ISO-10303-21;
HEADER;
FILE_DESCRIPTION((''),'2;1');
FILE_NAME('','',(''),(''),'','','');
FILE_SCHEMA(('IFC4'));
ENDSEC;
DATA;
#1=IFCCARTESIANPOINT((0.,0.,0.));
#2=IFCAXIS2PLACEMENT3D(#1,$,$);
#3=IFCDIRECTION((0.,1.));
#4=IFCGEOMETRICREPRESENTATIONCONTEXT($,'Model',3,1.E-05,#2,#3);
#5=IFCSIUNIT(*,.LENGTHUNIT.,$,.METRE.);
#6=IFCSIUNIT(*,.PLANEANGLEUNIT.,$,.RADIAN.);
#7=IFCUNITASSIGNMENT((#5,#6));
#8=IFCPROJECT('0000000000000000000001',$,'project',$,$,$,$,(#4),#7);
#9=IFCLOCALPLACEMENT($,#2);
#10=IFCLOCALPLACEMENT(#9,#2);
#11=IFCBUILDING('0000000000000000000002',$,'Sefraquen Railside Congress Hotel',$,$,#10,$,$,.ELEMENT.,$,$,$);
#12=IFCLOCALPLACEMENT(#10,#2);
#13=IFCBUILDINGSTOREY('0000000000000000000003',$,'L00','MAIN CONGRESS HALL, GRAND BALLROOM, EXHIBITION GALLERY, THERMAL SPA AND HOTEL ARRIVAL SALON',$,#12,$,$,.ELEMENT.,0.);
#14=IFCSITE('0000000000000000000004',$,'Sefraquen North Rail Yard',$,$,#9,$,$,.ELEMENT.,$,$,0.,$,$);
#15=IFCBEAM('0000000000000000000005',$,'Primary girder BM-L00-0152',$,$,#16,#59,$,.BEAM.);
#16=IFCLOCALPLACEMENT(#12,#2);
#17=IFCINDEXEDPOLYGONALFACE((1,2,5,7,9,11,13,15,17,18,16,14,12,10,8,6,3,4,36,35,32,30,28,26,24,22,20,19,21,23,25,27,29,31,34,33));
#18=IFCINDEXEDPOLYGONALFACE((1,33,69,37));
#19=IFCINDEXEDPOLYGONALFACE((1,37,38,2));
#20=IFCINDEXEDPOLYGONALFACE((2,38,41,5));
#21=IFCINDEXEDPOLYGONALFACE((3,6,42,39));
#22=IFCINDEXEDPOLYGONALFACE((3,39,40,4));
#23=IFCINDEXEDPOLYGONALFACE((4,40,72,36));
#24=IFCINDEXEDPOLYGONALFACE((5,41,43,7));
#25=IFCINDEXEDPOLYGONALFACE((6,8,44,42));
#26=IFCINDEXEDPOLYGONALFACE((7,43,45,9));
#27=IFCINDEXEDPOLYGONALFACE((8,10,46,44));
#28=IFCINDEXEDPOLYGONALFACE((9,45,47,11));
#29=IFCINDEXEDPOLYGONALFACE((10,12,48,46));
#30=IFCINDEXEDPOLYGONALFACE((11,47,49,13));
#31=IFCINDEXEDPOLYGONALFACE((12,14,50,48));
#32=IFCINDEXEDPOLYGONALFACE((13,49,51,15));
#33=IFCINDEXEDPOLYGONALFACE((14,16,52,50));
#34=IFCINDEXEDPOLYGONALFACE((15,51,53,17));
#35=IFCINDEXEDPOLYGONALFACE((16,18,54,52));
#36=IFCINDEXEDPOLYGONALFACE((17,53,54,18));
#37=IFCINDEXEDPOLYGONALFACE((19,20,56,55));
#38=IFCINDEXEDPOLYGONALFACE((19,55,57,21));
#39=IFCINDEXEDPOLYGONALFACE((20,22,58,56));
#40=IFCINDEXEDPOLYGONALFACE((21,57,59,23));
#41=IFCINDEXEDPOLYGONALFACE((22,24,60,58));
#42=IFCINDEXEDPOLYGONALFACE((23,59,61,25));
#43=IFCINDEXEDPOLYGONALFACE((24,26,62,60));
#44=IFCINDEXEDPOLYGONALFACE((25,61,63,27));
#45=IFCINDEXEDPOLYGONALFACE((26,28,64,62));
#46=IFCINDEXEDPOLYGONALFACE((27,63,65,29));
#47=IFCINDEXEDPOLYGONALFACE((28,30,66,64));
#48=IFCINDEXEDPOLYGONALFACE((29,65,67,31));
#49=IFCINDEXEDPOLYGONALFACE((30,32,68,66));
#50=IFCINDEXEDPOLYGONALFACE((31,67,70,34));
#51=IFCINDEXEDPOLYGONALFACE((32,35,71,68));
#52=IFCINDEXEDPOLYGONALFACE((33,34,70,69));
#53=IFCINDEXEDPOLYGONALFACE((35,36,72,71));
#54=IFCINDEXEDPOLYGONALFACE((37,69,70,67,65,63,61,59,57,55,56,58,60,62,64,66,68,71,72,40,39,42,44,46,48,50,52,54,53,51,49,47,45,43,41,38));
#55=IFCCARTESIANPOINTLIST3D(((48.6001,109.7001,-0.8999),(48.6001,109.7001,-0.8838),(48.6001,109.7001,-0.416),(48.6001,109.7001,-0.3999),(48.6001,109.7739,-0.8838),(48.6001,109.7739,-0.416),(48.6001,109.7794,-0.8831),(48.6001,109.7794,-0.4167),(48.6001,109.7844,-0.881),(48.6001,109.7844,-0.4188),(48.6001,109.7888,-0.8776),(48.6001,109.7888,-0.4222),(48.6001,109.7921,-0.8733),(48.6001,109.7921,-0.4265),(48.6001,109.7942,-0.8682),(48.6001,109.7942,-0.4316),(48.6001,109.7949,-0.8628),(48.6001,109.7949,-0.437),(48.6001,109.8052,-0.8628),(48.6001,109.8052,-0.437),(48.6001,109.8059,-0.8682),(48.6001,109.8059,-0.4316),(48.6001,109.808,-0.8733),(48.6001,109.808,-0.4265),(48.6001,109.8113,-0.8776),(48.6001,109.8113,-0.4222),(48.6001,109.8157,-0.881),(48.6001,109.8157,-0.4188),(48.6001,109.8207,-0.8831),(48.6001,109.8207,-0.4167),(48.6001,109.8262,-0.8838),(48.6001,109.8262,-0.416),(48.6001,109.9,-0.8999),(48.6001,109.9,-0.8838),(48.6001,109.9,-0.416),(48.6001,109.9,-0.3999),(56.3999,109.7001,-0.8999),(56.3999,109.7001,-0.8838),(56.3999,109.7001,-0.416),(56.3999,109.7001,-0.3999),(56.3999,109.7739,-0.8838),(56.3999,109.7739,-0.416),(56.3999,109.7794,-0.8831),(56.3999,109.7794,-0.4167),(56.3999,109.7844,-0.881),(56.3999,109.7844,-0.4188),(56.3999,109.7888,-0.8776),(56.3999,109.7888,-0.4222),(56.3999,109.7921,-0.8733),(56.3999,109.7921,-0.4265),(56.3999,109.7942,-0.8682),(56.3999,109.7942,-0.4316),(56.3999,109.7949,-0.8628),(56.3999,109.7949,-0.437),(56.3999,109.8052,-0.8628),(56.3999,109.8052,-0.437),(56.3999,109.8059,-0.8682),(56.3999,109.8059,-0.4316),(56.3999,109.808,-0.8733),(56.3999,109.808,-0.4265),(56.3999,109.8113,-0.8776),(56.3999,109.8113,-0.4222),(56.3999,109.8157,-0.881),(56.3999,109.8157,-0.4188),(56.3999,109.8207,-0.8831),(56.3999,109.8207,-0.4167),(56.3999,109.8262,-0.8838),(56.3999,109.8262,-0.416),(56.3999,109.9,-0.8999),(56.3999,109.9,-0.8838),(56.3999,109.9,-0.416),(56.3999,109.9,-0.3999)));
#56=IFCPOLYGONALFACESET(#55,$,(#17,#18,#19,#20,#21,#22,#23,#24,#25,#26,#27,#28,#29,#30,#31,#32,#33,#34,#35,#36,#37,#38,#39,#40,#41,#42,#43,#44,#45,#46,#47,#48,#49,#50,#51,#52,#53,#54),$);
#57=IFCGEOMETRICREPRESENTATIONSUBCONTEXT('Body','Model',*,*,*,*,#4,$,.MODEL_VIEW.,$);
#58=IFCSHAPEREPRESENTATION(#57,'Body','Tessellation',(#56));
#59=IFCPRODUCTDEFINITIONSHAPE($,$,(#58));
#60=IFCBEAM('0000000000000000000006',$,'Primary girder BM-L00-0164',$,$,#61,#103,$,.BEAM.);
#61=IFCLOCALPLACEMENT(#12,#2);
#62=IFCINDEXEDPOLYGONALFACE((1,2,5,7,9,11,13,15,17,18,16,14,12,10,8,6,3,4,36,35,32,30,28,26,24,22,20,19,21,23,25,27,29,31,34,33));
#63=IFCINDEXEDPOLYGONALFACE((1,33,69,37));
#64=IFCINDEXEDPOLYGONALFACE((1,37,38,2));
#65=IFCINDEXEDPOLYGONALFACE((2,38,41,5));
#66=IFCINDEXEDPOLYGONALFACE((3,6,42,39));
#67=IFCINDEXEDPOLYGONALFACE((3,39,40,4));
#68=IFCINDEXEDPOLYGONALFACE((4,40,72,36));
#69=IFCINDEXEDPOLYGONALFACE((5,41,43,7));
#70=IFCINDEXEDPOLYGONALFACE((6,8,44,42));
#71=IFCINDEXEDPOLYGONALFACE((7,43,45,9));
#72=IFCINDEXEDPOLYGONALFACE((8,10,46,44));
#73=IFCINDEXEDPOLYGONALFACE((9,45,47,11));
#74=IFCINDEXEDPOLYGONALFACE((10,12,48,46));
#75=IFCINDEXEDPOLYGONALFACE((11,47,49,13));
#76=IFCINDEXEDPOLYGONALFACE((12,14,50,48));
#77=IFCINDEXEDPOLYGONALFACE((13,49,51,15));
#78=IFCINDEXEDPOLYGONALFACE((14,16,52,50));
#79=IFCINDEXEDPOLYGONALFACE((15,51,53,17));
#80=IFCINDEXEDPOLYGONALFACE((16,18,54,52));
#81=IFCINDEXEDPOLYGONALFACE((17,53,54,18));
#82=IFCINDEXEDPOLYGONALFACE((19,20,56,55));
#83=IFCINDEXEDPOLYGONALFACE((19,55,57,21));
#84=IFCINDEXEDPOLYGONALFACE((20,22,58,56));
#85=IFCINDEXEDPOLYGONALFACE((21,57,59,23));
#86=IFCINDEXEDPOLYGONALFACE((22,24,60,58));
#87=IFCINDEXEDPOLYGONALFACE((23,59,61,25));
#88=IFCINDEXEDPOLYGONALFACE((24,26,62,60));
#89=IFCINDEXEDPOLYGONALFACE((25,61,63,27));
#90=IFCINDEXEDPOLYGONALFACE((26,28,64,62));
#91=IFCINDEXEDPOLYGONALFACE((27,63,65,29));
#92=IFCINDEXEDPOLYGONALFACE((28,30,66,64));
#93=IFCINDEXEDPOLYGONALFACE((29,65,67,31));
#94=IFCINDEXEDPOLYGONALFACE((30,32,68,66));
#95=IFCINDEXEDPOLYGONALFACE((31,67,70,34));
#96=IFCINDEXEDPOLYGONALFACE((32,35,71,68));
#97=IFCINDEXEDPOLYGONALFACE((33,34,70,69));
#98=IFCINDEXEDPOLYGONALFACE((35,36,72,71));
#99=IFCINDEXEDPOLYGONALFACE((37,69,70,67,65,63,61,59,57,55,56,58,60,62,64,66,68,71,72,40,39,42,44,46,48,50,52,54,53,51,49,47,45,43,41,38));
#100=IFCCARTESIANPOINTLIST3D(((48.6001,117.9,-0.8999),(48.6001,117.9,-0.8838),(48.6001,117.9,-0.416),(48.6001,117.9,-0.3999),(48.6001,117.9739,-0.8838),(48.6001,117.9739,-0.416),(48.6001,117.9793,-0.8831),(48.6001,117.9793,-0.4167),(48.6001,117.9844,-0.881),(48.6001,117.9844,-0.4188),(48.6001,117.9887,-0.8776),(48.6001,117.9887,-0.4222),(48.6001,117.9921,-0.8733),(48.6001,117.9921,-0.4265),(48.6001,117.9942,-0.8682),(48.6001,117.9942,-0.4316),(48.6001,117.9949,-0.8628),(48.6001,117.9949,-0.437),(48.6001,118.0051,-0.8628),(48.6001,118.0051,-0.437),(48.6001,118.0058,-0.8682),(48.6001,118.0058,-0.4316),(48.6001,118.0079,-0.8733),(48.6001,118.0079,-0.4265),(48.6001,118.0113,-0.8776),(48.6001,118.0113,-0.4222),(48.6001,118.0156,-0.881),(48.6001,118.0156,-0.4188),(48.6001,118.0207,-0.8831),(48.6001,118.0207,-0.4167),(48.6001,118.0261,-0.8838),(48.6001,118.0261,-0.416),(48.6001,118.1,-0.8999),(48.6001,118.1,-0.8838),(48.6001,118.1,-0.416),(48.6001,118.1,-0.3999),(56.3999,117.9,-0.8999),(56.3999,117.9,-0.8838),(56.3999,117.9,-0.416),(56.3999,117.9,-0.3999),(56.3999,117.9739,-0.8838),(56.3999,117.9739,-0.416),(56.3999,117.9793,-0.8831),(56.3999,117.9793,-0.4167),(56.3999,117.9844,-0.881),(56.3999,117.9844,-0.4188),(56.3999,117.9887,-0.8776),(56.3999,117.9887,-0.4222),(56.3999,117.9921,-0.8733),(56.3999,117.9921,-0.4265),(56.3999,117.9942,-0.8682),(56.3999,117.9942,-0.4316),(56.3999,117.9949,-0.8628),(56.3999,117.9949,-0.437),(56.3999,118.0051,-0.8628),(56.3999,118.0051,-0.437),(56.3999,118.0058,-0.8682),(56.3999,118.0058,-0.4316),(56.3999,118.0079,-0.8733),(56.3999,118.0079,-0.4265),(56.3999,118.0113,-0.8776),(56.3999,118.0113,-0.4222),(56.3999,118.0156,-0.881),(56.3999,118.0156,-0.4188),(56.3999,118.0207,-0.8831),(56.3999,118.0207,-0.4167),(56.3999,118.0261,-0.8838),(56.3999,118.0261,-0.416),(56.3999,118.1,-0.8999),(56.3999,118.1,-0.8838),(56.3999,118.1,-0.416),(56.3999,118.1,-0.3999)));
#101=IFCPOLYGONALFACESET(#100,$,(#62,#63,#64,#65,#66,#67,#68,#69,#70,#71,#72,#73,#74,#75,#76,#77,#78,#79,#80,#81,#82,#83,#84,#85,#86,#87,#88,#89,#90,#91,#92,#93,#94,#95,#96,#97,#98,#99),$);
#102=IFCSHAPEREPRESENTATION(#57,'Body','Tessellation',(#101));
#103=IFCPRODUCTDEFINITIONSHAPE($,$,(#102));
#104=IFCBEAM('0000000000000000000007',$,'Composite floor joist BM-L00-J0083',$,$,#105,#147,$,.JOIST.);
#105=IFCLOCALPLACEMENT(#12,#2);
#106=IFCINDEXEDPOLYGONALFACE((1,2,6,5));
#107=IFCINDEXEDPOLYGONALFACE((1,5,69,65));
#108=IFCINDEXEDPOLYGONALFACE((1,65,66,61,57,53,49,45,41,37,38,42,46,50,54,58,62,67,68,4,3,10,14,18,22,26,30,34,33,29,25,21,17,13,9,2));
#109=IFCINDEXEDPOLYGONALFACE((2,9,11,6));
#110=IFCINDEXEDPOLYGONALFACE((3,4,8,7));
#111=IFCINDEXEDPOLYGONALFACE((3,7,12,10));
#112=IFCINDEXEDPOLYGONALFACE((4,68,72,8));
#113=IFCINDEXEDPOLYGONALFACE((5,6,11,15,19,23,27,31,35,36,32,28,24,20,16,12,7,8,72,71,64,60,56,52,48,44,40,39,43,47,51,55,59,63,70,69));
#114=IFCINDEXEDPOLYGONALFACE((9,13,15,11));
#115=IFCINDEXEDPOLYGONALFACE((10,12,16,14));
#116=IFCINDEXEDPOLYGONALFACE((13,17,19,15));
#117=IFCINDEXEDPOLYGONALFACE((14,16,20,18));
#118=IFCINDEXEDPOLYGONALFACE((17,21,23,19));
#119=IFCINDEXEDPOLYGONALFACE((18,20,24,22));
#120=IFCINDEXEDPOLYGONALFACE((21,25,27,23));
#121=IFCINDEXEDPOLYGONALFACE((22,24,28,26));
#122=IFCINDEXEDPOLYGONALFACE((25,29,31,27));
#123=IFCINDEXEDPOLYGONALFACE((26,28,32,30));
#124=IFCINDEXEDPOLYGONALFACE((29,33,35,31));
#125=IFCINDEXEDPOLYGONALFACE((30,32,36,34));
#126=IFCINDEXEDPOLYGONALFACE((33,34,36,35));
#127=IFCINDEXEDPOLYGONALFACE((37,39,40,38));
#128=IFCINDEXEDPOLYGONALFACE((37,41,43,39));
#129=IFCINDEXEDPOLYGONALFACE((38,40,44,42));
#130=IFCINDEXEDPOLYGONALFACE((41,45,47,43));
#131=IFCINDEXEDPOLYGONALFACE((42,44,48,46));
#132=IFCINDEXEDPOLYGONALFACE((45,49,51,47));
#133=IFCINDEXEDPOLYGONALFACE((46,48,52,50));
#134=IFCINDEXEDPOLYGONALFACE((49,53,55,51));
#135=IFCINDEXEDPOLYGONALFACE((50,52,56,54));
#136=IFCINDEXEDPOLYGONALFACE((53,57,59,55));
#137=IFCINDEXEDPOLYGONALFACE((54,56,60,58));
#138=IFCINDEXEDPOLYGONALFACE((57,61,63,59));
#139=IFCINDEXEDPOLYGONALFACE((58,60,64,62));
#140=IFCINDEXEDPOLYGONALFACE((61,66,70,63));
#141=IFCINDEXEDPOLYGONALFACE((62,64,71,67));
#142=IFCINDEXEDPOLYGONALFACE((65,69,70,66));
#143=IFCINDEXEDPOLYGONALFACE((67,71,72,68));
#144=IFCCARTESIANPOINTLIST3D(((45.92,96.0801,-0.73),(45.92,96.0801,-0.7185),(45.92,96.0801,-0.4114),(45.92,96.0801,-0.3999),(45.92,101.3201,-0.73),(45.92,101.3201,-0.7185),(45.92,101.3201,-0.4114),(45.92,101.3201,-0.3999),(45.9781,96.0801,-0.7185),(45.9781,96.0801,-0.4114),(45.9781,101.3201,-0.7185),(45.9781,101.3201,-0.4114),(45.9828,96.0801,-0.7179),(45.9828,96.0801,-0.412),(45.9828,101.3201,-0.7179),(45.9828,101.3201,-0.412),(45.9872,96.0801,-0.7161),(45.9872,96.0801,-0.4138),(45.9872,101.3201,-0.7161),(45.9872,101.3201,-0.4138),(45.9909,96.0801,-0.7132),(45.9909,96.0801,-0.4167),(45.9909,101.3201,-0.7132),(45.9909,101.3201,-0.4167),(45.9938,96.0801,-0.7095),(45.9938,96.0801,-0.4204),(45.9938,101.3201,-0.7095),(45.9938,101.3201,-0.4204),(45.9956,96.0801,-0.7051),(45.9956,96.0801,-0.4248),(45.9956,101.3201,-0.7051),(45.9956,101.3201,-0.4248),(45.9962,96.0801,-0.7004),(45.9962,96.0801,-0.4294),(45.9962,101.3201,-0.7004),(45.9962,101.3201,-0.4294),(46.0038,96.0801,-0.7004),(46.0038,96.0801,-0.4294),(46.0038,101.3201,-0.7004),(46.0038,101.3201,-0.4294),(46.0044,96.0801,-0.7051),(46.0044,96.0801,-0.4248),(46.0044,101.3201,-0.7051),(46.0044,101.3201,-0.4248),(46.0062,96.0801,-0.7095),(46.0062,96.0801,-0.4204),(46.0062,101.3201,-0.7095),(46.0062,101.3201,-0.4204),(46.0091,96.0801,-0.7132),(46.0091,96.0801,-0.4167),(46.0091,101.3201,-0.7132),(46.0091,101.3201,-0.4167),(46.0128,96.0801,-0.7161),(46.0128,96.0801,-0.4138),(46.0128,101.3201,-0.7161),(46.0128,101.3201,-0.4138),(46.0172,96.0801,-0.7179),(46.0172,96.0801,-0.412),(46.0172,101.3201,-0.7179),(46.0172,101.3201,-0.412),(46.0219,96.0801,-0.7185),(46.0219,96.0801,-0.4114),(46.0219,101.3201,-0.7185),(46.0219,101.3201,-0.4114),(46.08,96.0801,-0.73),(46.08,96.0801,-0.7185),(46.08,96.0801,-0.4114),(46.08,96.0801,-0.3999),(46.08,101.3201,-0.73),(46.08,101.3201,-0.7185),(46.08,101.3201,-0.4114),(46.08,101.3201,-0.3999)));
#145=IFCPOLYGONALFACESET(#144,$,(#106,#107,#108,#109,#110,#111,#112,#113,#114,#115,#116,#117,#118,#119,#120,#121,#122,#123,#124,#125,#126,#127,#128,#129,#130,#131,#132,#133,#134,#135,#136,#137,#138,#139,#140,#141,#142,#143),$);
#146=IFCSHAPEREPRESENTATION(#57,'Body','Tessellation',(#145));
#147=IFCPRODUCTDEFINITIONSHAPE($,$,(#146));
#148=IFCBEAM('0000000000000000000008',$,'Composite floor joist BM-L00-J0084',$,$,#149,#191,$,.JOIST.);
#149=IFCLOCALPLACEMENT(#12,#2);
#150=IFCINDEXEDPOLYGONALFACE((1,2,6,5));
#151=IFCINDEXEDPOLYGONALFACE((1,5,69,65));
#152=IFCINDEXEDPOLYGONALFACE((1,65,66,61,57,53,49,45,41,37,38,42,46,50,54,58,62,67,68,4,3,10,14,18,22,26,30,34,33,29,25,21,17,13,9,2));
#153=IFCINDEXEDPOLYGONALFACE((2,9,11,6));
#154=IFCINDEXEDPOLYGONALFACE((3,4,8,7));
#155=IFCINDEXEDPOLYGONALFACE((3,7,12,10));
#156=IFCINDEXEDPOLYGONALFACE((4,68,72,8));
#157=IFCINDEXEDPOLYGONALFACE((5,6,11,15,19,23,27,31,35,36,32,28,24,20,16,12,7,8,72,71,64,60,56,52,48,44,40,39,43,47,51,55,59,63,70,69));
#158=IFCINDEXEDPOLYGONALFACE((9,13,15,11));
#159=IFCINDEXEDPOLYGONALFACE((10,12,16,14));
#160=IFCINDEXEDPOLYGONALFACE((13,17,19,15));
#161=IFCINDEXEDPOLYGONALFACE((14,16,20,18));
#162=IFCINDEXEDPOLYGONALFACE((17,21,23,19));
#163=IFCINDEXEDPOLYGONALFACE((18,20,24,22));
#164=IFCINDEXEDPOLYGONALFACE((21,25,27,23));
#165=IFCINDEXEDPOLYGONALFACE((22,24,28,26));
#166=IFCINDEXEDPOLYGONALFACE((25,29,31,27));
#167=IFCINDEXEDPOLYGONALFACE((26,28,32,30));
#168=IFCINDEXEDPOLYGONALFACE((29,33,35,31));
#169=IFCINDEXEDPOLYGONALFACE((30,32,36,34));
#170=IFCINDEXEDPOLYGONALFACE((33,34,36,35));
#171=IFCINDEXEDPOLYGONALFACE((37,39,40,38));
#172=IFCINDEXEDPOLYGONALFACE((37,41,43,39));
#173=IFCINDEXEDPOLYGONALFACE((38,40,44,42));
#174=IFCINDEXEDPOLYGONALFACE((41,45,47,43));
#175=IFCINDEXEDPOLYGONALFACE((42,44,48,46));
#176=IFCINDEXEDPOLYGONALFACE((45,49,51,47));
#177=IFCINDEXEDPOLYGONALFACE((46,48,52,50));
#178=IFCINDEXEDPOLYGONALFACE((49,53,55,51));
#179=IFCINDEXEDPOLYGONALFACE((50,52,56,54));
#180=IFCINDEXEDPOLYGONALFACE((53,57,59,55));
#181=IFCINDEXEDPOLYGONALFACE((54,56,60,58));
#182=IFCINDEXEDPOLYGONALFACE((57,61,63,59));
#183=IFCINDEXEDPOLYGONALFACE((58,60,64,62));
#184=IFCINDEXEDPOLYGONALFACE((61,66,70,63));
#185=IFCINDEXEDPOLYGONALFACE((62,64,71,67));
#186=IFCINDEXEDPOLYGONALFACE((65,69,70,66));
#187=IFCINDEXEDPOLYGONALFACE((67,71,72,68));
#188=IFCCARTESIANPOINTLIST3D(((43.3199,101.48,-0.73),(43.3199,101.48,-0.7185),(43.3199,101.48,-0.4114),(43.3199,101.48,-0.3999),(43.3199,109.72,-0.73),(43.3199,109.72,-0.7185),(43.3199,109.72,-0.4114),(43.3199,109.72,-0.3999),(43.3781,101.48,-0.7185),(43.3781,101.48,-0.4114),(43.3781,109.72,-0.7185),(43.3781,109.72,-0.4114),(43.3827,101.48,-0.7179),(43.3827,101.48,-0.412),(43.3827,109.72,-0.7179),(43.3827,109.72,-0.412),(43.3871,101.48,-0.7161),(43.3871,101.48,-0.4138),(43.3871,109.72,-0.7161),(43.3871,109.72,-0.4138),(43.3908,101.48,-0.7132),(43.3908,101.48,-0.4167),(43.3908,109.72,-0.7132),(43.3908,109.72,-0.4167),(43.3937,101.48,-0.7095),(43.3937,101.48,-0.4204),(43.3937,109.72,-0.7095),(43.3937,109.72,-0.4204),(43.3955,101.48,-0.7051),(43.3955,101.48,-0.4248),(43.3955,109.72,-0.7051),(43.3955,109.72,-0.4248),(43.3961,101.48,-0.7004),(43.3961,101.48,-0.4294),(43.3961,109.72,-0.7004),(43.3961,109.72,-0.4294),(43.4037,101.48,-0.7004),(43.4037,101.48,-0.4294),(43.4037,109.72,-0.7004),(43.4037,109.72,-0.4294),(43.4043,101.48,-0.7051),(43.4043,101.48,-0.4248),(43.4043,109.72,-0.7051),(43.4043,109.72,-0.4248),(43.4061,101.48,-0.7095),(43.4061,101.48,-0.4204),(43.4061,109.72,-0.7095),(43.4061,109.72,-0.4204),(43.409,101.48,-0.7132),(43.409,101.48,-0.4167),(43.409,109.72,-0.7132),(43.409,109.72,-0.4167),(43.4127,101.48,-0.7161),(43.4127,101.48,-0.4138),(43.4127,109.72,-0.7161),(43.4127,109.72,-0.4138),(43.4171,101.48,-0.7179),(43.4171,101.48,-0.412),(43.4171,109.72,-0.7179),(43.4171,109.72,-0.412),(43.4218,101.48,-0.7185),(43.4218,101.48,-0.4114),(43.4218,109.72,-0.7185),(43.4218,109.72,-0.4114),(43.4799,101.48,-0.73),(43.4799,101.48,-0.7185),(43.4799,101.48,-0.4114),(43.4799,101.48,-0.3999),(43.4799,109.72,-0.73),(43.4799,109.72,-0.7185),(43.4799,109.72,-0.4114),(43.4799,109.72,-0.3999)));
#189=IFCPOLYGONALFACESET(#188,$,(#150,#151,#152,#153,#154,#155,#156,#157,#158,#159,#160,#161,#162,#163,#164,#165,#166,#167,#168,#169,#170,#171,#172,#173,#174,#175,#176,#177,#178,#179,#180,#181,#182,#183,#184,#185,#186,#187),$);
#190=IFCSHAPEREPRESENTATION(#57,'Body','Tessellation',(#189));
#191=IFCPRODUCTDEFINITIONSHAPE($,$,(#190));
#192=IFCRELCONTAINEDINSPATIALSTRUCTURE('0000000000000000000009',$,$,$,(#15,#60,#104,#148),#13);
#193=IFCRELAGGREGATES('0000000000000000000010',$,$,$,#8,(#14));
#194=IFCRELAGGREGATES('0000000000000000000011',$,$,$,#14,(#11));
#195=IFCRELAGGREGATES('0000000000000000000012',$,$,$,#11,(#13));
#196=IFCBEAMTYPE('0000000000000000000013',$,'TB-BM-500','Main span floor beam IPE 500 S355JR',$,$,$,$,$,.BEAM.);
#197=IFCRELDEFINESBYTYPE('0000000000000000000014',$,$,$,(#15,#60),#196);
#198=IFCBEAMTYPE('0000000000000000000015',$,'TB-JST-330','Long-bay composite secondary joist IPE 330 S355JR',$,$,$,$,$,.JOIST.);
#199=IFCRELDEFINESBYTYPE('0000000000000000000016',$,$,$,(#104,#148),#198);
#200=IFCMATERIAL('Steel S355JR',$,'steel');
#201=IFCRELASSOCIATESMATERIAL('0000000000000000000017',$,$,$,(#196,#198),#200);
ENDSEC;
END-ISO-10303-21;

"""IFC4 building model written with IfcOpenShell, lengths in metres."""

from ifc_helpers import new_model, si_unit, direction, frame, origin, origin_2d, place, context, subcontext, project, spatial, i_section, extrude, material, material_profile, profile_set, type_object, element, save


model = new_model("IFC4")

# Units and contexts
model_context = context("Model", 3, precision=1e-05, world=origin(), true_north=direction((0.0, 1.0)))
body_context = subcontext(model_context, "Body", "Model", "MODEL_VIEW")
ifc_project = project(units=[si_unit("LENGTHUNIT", "METRE"), si_unit("PLANEANGLEUNIT", "RADIAN")], contexts=[model_context])

# Site, building, storey
site_placement = place(None, origin())
site = spatial("IfcSite", under=ifc_project, at=site_placement, Name="Sefraquen North Rail Yard", CompositionType="ELEMENT", RefElevation=0.0)
building_placement = place(site_placement, origin())
building = spatial("IfcBuilding", under=site, at=building_placement, Name="Sefraquen Railside Congress Hotel", CompositionType="ELEMENT")
storey_placement = place(building_placement, origin())
storey = spatial("IfcBuildingStorey", under=building, at=storey_placement, Name="L00", Description="MAIN CONGRESS HALL, GRAND BALLROOM, EXHIBITION GALLERY, THERMAL SPA AND HOTEL ARRIVAL SALON", CompositionType="ELEMENT", Elevation=0.0)

# Shared definitions
ifc_material_1 = material(Name="Steel S355JR", Category="steel")

# Beams
ifc_material_profile_1 = material_profile(ifc_material_1, i_section(OverallWidth=0.2, OverallDepth=0.5, WebThickness=0.0103, FlangeThickness=0.0161, FilletRadius=0.021, at=origin_2d()), Name="IPE 500")
ifc_profile_set_1 = profile_set([ifc_material_profile_1], Name="Steel S355JR")
beam_type_1 = type_object("IfcBeamType", Name="TB-BM-500", Description="Main span floor beam IPE 500 S355JR", PredefinedType="BEAM", material=ifc_profile_set_1)
for number, where, z_axis, x_axis, name in (
    (1, (48.6001, 109.8, -0.6499), (1.0, 0.0, 0.0), (0.0, 1.0, 0.0), "Primary girder BM-L00-0152"),
    (2, (48.6001, 118.0, -0.6499), (1.0, 0.0, 0.0), (0.0, 1.0, 0.0), "Primary girder BM-L00-0164"),
):
    element("IfcBeam", number, at=place(storey_placement, frame(where, z_axis=z_axis, x_axis=x_axis)), inside=storey, type_object=beam_type_1, Name=name, PredefinedType="BEAM", context=body_context, shape_type="SweptSolid", body=[
        extrude(i_section(OverallWidth=0.2, OverallDepth=0.5, WebThickness=0.0103, FlangeThickness=0.0161, FilletRadius=0.021, at=origin_2d()), origin(), (0.0, 0.0, 1.0), 7.7998),
    ])
ifc_material_profile_2 = material_profile(ifc_material_1, i_section(OverallWidth=0.1599, OverallDepth=0.3301, WebThickness=0.0076, FlangeThickness=0.0115, FilletRadius=0.0181, at=origin_2d()), Name="IPE 330")
ifc_profile_set_2 = profile_set([ifc_material_profile_2], Name="Steel S355JR")
beam_type_2 = type_object("IfcBeamType", Name="TB-JST-330", Description="Long-bay composite secondary joist IPE 330 S355JR", PredefinedType="JOIST", material=ifc_profile_set_2)
beam_1_placement = place(storey_placement, frame((46.0, 96.0801, -0.5649), z_axis=(0.0, 1.0, 0.0), x_axis=(-1.0, 0.0, 0.0)))
element("IfcBeam", 3, at=beam_1_placement, inside=storey, type_object=beam_type_2, Name="Composite floor joist BM-L00-J0083", PredefinedType="JOIST", context=body_context, shape_type="SweptSolid", body=[
    extrude(i_section(OverallWidth=0.1599, OverallDepth=0.3301, WebThickness=0.0076, FlangeThickness=0.0115, FilletRadius=0.0181, at=origin_2d()), origin(), (0.0, 0.0, 1.0), 5.24),
])
for number, where, z_axis, x_axis, name in (
    (4, (43.3999, 101.48, -0.5649), (0.0, 1.0, 0.0), (-1.0, 0.0, 0.0), "Composite floor joist BM-L00-J0084"),
):
    element("IfcBeam", number, at=place(storey_placement, frame(where, z_axis=z_axis, x_axis=x_axis)), inside=storey, type_object=beam_type_2, Name=name, PredefinedType="JOIST", context=body_context, shape_type="SweptSolid", body=[
        extrude(i_section(OverallWidth=0.1599, OverallDepth=0.3301, WebThickness=0.0076, FlangeThickness=0.0115, FilletRadius=0.0181, at=origin_2d()), origin(), (0.0, 0.0, 1.0), 8.24),
    ])

save(model, "model.ifc")
